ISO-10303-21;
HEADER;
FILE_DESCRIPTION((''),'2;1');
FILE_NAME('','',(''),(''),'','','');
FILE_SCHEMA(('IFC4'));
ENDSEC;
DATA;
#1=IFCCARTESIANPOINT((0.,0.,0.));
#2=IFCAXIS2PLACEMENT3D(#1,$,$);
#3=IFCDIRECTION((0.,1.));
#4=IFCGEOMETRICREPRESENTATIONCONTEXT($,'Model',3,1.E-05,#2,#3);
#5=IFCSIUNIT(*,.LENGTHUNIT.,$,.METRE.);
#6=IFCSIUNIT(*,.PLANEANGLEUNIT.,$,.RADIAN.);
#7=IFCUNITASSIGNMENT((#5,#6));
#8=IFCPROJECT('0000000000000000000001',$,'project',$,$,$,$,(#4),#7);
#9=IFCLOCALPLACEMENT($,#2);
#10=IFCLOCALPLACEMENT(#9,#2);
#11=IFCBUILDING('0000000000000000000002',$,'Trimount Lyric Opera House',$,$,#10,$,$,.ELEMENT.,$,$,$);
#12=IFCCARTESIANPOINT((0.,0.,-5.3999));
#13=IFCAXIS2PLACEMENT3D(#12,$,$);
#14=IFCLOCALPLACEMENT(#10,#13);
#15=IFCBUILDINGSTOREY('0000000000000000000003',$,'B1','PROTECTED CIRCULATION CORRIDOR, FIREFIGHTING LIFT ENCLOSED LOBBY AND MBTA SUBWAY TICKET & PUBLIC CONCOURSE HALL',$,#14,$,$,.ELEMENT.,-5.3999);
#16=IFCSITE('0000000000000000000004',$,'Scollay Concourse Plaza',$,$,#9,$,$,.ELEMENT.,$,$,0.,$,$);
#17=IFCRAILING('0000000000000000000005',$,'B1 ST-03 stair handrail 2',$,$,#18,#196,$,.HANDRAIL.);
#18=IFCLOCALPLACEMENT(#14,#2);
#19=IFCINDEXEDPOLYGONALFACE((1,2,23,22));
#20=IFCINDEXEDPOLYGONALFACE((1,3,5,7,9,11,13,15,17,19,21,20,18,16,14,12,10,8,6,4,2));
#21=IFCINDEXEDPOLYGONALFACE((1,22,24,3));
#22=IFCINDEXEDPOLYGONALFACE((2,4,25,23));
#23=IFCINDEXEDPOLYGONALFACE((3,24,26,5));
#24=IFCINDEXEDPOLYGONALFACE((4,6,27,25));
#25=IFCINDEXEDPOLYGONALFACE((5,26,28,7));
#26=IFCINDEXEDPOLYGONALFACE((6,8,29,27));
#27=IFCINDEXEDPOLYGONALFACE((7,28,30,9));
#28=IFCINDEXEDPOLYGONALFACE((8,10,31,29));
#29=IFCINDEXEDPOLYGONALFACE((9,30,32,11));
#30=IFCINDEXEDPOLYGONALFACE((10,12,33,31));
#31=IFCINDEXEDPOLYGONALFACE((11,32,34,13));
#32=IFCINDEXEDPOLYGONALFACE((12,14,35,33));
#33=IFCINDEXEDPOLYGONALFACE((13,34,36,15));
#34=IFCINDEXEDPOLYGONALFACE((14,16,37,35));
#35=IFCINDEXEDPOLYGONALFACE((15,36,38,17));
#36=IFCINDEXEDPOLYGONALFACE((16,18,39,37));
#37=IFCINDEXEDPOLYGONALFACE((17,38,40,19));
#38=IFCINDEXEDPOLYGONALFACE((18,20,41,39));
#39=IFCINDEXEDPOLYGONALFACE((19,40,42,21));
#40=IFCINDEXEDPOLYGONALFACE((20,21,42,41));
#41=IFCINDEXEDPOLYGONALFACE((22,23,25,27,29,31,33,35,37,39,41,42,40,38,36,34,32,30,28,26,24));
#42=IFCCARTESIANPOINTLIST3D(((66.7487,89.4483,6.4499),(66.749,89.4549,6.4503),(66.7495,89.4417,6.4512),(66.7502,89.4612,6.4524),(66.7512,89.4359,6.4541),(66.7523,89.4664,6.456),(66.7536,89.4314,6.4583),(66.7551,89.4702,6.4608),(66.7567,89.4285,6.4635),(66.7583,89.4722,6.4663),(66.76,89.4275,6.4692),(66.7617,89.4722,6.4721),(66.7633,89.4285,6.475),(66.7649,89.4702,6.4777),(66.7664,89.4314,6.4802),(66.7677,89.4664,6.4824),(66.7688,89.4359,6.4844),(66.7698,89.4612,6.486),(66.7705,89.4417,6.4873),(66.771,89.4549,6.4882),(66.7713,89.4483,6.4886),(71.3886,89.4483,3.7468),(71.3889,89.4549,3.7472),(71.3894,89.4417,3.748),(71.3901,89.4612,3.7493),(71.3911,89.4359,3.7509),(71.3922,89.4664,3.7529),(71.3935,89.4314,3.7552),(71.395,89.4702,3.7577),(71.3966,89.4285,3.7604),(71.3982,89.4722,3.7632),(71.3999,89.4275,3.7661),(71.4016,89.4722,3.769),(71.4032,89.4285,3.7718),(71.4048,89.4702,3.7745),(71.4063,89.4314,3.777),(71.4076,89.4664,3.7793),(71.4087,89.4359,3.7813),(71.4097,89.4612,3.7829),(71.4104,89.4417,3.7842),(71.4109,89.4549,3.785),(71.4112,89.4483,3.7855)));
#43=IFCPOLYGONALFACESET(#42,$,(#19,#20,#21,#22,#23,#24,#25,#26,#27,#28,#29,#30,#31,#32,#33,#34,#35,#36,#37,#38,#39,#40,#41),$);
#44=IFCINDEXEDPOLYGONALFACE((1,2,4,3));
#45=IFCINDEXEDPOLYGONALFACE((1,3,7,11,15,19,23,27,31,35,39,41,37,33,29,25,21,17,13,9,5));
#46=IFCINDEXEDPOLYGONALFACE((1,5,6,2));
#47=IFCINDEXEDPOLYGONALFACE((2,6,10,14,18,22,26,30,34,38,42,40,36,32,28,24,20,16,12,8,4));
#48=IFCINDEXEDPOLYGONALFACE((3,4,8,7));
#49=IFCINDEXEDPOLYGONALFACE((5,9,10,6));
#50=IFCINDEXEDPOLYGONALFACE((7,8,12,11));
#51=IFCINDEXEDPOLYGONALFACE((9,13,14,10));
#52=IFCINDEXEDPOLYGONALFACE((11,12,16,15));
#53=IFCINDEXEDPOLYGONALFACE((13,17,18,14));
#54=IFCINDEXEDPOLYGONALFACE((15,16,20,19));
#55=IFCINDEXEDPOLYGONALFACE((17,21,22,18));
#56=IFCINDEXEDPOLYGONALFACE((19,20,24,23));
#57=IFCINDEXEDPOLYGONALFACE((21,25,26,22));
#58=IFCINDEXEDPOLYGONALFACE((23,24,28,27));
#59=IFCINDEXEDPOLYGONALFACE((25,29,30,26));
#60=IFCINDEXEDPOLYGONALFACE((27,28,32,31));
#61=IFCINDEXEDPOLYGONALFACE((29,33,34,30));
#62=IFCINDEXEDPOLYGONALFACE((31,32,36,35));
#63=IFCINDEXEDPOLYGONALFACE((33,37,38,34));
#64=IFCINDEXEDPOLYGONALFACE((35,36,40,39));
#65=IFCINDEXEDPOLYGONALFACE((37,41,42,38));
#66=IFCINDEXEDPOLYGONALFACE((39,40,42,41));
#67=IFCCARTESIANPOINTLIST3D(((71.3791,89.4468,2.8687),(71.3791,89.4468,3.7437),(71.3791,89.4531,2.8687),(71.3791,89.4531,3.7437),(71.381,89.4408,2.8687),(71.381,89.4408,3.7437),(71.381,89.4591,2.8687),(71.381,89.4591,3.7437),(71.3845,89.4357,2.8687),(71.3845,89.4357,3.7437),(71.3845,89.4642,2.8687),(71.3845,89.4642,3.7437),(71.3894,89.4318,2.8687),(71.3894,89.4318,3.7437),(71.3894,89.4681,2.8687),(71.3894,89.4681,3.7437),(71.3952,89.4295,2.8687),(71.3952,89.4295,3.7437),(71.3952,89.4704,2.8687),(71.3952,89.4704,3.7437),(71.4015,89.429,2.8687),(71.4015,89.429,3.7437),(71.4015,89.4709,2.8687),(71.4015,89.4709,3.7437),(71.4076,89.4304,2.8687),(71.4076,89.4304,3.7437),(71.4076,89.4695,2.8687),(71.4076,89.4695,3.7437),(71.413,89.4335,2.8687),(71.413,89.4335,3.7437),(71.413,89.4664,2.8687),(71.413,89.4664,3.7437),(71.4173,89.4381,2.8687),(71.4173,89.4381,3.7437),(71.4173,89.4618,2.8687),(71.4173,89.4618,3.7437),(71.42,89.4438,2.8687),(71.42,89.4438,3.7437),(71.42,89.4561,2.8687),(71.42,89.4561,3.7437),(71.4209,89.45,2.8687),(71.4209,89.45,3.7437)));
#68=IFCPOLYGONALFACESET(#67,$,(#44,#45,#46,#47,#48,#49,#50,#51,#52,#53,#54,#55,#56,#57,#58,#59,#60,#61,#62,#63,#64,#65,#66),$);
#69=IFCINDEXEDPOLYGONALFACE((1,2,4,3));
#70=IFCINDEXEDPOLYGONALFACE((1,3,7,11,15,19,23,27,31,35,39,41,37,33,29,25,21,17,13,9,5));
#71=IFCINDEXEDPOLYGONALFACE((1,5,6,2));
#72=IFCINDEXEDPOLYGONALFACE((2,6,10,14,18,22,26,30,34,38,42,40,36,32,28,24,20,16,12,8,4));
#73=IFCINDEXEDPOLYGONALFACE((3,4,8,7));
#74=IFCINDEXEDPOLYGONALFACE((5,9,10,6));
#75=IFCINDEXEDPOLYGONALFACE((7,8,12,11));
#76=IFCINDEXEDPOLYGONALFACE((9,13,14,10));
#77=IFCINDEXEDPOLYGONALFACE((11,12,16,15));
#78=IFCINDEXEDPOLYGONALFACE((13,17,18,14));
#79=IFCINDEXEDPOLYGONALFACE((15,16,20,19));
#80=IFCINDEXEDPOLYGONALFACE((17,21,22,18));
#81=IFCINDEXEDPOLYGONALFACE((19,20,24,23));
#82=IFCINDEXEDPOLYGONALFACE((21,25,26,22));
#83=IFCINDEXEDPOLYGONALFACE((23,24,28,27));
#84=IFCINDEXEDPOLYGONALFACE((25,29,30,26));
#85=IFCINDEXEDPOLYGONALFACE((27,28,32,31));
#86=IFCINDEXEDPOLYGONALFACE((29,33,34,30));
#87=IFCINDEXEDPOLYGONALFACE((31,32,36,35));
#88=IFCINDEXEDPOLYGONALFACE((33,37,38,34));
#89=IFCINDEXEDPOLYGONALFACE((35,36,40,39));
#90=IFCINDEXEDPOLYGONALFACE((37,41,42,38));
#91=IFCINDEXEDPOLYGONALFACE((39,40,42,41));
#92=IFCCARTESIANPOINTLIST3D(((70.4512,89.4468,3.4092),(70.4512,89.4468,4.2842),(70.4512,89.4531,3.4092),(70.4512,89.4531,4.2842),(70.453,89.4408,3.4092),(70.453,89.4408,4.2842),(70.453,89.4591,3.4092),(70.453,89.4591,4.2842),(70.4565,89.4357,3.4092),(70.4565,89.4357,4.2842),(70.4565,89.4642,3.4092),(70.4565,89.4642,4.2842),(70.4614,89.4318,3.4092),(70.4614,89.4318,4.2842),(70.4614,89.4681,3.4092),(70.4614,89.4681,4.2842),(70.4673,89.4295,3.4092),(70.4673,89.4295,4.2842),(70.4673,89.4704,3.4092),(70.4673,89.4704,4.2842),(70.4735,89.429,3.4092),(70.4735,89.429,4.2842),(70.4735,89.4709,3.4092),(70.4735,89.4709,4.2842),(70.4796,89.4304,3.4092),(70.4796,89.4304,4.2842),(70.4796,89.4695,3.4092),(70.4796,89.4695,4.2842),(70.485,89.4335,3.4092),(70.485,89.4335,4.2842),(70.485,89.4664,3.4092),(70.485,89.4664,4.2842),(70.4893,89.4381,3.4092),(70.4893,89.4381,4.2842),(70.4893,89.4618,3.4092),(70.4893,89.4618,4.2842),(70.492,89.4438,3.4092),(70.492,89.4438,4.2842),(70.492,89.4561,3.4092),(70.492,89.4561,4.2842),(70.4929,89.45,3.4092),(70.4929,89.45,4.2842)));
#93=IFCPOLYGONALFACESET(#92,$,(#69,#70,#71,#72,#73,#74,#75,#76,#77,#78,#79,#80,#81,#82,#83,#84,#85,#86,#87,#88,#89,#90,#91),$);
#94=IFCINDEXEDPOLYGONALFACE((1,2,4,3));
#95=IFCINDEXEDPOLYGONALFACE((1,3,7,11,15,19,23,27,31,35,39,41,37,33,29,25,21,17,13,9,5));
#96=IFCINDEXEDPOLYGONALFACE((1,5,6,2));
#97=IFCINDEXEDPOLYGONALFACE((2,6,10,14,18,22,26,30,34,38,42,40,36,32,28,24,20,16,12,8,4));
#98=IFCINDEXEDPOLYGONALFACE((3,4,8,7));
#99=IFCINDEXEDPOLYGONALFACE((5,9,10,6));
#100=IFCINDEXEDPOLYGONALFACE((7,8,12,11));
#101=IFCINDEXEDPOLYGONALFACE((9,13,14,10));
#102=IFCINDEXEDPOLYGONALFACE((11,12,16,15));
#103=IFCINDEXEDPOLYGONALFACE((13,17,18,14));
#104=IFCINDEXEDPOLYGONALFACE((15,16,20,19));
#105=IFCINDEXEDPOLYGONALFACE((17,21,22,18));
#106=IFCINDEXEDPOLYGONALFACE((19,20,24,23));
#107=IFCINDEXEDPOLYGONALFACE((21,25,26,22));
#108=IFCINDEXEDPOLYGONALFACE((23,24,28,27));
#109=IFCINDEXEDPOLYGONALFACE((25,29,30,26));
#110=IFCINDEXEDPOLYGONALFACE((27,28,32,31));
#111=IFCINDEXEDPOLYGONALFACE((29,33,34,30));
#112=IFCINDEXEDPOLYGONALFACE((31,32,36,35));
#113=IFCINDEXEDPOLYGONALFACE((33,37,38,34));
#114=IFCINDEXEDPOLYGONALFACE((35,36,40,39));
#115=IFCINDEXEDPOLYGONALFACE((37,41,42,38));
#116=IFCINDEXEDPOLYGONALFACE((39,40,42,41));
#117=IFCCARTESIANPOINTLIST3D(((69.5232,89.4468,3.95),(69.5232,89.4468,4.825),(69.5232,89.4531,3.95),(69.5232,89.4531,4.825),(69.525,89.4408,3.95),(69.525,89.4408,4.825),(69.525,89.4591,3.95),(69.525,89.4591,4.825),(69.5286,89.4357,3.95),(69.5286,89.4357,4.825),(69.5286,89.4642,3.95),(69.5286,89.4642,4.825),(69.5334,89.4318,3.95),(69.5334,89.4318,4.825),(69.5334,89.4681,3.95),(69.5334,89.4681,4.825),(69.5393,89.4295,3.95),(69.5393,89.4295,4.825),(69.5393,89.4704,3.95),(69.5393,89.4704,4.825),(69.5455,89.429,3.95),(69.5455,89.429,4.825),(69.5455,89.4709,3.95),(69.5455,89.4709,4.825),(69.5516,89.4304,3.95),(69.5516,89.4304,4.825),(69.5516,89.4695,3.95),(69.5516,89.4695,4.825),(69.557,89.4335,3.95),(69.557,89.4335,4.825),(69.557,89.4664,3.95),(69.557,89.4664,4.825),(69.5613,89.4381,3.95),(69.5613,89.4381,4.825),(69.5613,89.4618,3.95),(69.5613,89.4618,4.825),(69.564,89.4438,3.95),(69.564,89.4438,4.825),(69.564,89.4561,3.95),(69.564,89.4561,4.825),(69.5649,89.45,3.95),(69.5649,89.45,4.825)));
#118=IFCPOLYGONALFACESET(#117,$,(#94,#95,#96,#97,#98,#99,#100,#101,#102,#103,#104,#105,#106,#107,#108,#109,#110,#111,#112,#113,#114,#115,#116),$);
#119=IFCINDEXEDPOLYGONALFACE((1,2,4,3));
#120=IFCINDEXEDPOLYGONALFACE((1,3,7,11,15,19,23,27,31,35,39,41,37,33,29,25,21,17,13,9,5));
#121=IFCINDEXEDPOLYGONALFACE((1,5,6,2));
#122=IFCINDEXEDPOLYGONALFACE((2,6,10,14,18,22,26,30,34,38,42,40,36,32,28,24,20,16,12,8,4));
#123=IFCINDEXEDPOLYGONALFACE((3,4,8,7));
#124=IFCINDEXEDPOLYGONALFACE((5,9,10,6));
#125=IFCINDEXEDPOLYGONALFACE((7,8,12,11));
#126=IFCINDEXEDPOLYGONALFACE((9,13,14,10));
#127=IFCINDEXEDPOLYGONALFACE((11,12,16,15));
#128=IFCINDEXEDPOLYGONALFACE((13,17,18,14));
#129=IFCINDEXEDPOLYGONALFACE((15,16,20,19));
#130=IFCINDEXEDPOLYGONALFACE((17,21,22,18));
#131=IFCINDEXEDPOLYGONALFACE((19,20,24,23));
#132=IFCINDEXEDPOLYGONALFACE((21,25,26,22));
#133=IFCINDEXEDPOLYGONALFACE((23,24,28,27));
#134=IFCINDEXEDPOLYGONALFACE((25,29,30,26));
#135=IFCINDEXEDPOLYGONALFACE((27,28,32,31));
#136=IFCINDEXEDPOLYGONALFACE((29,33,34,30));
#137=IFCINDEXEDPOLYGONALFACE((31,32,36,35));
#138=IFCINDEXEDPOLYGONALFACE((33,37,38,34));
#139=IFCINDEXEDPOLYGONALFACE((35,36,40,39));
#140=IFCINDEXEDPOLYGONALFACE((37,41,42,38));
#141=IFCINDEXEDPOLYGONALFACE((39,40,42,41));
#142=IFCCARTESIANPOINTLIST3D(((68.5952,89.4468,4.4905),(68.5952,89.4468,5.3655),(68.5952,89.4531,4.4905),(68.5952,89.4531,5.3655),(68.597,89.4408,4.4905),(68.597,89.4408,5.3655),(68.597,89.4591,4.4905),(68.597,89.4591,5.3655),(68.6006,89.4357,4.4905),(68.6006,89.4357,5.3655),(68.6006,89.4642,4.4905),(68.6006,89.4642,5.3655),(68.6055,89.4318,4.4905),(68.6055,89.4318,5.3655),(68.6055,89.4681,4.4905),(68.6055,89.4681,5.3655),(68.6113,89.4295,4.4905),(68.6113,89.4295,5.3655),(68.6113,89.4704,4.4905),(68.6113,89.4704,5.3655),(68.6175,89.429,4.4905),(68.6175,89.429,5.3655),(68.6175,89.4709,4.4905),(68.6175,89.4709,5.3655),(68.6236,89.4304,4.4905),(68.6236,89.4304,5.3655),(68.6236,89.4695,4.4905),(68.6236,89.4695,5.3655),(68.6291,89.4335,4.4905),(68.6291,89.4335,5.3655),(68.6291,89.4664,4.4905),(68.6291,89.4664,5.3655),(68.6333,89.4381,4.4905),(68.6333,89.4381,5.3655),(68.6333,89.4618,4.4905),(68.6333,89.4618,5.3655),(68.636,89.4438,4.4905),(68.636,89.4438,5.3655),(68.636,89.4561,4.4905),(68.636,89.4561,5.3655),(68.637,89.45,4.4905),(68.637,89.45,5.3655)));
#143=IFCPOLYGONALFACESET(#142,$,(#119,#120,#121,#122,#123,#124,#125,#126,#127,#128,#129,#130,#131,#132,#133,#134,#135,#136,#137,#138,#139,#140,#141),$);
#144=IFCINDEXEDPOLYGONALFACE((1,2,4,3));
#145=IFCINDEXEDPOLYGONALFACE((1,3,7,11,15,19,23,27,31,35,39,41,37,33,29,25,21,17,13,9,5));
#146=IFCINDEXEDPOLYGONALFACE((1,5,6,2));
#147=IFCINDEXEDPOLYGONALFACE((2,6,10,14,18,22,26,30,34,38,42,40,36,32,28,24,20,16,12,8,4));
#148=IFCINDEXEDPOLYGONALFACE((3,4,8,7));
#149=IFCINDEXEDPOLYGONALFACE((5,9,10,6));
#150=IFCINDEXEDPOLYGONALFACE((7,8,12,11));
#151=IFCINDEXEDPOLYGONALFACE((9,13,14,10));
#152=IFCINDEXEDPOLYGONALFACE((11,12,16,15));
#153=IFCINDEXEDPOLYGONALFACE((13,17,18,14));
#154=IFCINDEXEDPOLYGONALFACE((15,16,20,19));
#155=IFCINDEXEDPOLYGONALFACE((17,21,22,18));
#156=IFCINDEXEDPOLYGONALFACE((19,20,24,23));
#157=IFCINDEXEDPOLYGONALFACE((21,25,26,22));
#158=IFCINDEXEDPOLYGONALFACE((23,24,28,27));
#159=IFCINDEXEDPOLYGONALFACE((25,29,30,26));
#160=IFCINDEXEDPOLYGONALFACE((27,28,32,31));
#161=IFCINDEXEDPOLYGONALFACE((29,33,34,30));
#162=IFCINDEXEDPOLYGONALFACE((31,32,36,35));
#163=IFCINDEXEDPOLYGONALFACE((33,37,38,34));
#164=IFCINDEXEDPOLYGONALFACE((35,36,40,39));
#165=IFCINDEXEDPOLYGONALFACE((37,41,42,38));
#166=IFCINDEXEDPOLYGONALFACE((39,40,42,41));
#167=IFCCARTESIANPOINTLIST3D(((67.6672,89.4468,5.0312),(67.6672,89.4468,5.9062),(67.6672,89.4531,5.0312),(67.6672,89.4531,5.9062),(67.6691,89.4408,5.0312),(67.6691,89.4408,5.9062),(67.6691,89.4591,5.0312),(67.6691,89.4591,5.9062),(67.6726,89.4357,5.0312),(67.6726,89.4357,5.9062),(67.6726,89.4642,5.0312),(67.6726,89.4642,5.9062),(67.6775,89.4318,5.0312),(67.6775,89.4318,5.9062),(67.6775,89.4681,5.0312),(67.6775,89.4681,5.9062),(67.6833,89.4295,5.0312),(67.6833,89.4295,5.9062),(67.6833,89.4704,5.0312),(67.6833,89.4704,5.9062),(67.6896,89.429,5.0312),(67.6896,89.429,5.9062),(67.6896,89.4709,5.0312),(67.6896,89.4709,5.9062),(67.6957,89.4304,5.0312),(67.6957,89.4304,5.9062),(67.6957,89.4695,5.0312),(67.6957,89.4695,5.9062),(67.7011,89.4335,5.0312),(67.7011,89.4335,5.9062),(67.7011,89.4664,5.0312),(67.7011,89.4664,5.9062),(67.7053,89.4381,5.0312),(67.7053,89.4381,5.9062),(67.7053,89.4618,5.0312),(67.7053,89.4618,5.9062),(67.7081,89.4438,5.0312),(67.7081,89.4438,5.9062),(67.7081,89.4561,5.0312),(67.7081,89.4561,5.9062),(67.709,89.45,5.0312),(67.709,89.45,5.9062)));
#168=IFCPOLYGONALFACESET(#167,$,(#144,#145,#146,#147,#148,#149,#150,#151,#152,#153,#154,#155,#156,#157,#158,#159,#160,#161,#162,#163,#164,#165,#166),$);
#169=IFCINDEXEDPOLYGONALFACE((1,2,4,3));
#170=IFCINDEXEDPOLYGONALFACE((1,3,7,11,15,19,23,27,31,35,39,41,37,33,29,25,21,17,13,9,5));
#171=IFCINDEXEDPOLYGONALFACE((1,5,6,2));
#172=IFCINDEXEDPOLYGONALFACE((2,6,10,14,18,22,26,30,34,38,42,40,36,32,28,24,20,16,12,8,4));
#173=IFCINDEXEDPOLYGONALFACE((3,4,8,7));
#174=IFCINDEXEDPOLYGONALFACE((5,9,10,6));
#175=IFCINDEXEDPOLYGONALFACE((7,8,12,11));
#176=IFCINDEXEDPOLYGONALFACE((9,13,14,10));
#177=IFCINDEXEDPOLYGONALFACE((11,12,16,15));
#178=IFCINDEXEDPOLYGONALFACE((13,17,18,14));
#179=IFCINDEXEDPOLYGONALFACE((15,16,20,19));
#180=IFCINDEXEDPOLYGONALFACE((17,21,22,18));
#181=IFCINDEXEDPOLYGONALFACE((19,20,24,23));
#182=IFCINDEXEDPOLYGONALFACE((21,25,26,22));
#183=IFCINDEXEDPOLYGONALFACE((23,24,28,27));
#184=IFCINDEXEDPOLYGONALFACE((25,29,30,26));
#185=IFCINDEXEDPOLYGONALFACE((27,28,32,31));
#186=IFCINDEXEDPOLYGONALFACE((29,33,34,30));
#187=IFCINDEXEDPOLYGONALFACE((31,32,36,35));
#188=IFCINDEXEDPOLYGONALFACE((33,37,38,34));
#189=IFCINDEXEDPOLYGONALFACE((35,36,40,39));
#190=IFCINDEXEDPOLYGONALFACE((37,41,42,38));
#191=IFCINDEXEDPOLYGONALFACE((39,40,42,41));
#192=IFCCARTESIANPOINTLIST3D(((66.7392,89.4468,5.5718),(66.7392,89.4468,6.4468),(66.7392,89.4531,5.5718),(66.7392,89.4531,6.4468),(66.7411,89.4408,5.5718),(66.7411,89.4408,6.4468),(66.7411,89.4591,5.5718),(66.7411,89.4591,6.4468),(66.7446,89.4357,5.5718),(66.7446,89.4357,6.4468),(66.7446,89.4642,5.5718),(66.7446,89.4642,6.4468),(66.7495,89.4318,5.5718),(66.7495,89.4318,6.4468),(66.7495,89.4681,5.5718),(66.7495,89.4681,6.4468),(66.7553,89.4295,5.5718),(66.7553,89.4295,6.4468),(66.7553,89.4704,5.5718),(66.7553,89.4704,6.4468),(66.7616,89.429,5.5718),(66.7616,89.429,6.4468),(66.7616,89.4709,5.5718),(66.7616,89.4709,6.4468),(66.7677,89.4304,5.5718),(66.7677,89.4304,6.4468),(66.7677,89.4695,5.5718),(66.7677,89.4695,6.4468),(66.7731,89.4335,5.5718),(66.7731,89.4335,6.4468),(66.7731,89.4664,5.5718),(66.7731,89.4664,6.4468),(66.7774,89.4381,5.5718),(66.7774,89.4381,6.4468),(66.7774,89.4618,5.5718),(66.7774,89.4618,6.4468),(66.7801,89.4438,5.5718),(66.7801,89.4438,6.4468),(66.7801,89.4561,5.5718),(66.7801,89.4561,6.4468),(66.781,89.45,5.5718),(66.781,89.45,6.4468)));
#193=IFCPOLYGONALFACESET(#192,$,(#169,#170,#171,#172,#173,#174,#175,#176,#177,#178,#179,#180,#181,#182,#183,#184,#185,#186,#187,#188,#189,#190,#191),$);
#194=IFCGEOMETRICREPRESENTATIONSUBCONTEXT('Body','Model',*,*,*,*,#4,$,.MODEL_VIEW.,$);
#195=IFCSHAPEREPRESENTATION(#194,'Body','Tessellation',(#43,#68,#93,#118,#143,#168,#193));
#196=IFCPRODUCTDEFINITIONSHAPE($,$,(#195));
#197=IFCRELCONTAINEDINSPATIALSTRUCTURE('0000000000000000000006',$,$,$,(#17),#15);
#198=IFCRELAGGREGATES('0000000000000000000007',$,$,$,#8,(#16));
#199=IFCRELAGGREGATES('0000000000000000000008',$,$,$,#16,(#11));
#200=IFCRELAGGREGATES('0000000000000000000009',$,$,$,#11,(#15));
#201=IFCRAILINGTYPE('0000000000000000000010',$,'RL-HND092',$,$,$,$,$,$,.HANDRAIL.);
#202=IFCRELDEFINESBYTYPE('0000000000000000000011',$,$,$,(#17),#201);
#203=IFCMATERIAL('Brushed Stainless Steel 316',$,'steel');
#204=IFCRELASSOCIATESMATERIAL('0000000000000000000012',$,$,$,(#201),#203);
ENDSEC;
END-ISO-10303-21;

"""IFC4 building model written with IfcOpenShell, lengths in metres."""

from ifc_helpers import new_model, si_unit, direction, frame, origin, origin_2d, place, context, subcontext, project, spatial, circle, extrude, material, type_object, element, save


model = new_model("IFC4")

# Units and contexts
model_context = context("Model", 3, precision=1e-05, world=origin(), true_north=direction((0.0, 1.0)))
body_context = subcontext(model_context, "Body", "Model", "MODEL_VIEW")
ifc_project = project(units=[si_unit("LENGTHUNIT", "METRE"), si_unit("PLANEANGLEUNIT", "RADIAN")], contexts=[model_context])

# Site, building, storey
site_placement = place(None, origin())
site = spatial("IfcSite", under=ifc_project, at=site_placement, Name="Scollay Concourse Plaza", CompositionType="ELEMENT", RefElevation=0.0)
building_placement = place(site_placement, origin())
building = spatial("IfcBuilding", under=site, at=building_placement, Name="Trimount Lyric Opera House", CompositionType="ELEMENT")
storey_placement = place(building_placement, frame((0.0, 0.0, -5.3999)))
storey = spatial("IfcBuildingStorey", under=building, at=storey_placement, Name="B1", Description="PROTECTED CIRCULATION CORRIDOR, FIREFIGHTING LIFT ENCLOSED LOBBY AND MBTA SUBWAY TICKET & PUBLIC CONCOURSE HALL", CompositionType="ELEMENT", Elevation=-5.3999)

# Railing
ifc_material_1 = material(Name="Brushed Stainless Steel 316", Category="steel")
railing_type_1 = type_object("IfcRailingType", Name="RL-HND092", PredefinedType="HANDRAIL", material=ifc_material_1)
railing_1_placement = place(storey_placement, frame((71.3999, 89.45, 2.8687)))
element("IfcRailing", 1, at=railing_1_placement, inside=storey, type_object=railing_type_1, Name="B1 ST-03 stair handrail 2", PredefinedType="HANDRAIL", context=body_context, shape_type="SweptSolid", body=[
    extrude(circle(Radius=0.0225, at=origin_2d()), frame((0.0, 0.0, 0.8975), z_axis=(-0.864061, 0.0, 0.503388), x_axis=(0.0, -1.0, 0.0)), (0.0, 0.0, 1.0), 5.3699),
    extrude(circle(Radius=0.021, at=origin_2d()), origin(), (0.0, 0.0, 1.0), 0.875),
    extrude(circle(Radius=0.021, at=origin_2d()), frame((-0.928, 0.0, 0.5405)), (0.0, 0.0, 1.0), 0.875),
    extrude(circle(Radius=0.021, at=origin_2d()), frame((-1.856, 0.0, 1.0813)), (0.0, 0.0, 1.0), 0.875),
    extrude(circle(Radius=0.021, at=origin_2d()), frame((-2.7839, 0.0, 1.6218)), (0.0, 0.0, 1.0), 0.875),
    extrude(circle(Radius=0.021, at=origin_2d()), frame((-3.7119, 0.0, 2.1626)), (0.0, 0.0, 1.0), 0.875),
    extrude(circle(Radius=0.021, at=origin_2d()), frame((-4.6399, 0.0, 2.7031)), (0.0, 0.0, 1.0), 0.875),
])

save(model, "model.ifc")
